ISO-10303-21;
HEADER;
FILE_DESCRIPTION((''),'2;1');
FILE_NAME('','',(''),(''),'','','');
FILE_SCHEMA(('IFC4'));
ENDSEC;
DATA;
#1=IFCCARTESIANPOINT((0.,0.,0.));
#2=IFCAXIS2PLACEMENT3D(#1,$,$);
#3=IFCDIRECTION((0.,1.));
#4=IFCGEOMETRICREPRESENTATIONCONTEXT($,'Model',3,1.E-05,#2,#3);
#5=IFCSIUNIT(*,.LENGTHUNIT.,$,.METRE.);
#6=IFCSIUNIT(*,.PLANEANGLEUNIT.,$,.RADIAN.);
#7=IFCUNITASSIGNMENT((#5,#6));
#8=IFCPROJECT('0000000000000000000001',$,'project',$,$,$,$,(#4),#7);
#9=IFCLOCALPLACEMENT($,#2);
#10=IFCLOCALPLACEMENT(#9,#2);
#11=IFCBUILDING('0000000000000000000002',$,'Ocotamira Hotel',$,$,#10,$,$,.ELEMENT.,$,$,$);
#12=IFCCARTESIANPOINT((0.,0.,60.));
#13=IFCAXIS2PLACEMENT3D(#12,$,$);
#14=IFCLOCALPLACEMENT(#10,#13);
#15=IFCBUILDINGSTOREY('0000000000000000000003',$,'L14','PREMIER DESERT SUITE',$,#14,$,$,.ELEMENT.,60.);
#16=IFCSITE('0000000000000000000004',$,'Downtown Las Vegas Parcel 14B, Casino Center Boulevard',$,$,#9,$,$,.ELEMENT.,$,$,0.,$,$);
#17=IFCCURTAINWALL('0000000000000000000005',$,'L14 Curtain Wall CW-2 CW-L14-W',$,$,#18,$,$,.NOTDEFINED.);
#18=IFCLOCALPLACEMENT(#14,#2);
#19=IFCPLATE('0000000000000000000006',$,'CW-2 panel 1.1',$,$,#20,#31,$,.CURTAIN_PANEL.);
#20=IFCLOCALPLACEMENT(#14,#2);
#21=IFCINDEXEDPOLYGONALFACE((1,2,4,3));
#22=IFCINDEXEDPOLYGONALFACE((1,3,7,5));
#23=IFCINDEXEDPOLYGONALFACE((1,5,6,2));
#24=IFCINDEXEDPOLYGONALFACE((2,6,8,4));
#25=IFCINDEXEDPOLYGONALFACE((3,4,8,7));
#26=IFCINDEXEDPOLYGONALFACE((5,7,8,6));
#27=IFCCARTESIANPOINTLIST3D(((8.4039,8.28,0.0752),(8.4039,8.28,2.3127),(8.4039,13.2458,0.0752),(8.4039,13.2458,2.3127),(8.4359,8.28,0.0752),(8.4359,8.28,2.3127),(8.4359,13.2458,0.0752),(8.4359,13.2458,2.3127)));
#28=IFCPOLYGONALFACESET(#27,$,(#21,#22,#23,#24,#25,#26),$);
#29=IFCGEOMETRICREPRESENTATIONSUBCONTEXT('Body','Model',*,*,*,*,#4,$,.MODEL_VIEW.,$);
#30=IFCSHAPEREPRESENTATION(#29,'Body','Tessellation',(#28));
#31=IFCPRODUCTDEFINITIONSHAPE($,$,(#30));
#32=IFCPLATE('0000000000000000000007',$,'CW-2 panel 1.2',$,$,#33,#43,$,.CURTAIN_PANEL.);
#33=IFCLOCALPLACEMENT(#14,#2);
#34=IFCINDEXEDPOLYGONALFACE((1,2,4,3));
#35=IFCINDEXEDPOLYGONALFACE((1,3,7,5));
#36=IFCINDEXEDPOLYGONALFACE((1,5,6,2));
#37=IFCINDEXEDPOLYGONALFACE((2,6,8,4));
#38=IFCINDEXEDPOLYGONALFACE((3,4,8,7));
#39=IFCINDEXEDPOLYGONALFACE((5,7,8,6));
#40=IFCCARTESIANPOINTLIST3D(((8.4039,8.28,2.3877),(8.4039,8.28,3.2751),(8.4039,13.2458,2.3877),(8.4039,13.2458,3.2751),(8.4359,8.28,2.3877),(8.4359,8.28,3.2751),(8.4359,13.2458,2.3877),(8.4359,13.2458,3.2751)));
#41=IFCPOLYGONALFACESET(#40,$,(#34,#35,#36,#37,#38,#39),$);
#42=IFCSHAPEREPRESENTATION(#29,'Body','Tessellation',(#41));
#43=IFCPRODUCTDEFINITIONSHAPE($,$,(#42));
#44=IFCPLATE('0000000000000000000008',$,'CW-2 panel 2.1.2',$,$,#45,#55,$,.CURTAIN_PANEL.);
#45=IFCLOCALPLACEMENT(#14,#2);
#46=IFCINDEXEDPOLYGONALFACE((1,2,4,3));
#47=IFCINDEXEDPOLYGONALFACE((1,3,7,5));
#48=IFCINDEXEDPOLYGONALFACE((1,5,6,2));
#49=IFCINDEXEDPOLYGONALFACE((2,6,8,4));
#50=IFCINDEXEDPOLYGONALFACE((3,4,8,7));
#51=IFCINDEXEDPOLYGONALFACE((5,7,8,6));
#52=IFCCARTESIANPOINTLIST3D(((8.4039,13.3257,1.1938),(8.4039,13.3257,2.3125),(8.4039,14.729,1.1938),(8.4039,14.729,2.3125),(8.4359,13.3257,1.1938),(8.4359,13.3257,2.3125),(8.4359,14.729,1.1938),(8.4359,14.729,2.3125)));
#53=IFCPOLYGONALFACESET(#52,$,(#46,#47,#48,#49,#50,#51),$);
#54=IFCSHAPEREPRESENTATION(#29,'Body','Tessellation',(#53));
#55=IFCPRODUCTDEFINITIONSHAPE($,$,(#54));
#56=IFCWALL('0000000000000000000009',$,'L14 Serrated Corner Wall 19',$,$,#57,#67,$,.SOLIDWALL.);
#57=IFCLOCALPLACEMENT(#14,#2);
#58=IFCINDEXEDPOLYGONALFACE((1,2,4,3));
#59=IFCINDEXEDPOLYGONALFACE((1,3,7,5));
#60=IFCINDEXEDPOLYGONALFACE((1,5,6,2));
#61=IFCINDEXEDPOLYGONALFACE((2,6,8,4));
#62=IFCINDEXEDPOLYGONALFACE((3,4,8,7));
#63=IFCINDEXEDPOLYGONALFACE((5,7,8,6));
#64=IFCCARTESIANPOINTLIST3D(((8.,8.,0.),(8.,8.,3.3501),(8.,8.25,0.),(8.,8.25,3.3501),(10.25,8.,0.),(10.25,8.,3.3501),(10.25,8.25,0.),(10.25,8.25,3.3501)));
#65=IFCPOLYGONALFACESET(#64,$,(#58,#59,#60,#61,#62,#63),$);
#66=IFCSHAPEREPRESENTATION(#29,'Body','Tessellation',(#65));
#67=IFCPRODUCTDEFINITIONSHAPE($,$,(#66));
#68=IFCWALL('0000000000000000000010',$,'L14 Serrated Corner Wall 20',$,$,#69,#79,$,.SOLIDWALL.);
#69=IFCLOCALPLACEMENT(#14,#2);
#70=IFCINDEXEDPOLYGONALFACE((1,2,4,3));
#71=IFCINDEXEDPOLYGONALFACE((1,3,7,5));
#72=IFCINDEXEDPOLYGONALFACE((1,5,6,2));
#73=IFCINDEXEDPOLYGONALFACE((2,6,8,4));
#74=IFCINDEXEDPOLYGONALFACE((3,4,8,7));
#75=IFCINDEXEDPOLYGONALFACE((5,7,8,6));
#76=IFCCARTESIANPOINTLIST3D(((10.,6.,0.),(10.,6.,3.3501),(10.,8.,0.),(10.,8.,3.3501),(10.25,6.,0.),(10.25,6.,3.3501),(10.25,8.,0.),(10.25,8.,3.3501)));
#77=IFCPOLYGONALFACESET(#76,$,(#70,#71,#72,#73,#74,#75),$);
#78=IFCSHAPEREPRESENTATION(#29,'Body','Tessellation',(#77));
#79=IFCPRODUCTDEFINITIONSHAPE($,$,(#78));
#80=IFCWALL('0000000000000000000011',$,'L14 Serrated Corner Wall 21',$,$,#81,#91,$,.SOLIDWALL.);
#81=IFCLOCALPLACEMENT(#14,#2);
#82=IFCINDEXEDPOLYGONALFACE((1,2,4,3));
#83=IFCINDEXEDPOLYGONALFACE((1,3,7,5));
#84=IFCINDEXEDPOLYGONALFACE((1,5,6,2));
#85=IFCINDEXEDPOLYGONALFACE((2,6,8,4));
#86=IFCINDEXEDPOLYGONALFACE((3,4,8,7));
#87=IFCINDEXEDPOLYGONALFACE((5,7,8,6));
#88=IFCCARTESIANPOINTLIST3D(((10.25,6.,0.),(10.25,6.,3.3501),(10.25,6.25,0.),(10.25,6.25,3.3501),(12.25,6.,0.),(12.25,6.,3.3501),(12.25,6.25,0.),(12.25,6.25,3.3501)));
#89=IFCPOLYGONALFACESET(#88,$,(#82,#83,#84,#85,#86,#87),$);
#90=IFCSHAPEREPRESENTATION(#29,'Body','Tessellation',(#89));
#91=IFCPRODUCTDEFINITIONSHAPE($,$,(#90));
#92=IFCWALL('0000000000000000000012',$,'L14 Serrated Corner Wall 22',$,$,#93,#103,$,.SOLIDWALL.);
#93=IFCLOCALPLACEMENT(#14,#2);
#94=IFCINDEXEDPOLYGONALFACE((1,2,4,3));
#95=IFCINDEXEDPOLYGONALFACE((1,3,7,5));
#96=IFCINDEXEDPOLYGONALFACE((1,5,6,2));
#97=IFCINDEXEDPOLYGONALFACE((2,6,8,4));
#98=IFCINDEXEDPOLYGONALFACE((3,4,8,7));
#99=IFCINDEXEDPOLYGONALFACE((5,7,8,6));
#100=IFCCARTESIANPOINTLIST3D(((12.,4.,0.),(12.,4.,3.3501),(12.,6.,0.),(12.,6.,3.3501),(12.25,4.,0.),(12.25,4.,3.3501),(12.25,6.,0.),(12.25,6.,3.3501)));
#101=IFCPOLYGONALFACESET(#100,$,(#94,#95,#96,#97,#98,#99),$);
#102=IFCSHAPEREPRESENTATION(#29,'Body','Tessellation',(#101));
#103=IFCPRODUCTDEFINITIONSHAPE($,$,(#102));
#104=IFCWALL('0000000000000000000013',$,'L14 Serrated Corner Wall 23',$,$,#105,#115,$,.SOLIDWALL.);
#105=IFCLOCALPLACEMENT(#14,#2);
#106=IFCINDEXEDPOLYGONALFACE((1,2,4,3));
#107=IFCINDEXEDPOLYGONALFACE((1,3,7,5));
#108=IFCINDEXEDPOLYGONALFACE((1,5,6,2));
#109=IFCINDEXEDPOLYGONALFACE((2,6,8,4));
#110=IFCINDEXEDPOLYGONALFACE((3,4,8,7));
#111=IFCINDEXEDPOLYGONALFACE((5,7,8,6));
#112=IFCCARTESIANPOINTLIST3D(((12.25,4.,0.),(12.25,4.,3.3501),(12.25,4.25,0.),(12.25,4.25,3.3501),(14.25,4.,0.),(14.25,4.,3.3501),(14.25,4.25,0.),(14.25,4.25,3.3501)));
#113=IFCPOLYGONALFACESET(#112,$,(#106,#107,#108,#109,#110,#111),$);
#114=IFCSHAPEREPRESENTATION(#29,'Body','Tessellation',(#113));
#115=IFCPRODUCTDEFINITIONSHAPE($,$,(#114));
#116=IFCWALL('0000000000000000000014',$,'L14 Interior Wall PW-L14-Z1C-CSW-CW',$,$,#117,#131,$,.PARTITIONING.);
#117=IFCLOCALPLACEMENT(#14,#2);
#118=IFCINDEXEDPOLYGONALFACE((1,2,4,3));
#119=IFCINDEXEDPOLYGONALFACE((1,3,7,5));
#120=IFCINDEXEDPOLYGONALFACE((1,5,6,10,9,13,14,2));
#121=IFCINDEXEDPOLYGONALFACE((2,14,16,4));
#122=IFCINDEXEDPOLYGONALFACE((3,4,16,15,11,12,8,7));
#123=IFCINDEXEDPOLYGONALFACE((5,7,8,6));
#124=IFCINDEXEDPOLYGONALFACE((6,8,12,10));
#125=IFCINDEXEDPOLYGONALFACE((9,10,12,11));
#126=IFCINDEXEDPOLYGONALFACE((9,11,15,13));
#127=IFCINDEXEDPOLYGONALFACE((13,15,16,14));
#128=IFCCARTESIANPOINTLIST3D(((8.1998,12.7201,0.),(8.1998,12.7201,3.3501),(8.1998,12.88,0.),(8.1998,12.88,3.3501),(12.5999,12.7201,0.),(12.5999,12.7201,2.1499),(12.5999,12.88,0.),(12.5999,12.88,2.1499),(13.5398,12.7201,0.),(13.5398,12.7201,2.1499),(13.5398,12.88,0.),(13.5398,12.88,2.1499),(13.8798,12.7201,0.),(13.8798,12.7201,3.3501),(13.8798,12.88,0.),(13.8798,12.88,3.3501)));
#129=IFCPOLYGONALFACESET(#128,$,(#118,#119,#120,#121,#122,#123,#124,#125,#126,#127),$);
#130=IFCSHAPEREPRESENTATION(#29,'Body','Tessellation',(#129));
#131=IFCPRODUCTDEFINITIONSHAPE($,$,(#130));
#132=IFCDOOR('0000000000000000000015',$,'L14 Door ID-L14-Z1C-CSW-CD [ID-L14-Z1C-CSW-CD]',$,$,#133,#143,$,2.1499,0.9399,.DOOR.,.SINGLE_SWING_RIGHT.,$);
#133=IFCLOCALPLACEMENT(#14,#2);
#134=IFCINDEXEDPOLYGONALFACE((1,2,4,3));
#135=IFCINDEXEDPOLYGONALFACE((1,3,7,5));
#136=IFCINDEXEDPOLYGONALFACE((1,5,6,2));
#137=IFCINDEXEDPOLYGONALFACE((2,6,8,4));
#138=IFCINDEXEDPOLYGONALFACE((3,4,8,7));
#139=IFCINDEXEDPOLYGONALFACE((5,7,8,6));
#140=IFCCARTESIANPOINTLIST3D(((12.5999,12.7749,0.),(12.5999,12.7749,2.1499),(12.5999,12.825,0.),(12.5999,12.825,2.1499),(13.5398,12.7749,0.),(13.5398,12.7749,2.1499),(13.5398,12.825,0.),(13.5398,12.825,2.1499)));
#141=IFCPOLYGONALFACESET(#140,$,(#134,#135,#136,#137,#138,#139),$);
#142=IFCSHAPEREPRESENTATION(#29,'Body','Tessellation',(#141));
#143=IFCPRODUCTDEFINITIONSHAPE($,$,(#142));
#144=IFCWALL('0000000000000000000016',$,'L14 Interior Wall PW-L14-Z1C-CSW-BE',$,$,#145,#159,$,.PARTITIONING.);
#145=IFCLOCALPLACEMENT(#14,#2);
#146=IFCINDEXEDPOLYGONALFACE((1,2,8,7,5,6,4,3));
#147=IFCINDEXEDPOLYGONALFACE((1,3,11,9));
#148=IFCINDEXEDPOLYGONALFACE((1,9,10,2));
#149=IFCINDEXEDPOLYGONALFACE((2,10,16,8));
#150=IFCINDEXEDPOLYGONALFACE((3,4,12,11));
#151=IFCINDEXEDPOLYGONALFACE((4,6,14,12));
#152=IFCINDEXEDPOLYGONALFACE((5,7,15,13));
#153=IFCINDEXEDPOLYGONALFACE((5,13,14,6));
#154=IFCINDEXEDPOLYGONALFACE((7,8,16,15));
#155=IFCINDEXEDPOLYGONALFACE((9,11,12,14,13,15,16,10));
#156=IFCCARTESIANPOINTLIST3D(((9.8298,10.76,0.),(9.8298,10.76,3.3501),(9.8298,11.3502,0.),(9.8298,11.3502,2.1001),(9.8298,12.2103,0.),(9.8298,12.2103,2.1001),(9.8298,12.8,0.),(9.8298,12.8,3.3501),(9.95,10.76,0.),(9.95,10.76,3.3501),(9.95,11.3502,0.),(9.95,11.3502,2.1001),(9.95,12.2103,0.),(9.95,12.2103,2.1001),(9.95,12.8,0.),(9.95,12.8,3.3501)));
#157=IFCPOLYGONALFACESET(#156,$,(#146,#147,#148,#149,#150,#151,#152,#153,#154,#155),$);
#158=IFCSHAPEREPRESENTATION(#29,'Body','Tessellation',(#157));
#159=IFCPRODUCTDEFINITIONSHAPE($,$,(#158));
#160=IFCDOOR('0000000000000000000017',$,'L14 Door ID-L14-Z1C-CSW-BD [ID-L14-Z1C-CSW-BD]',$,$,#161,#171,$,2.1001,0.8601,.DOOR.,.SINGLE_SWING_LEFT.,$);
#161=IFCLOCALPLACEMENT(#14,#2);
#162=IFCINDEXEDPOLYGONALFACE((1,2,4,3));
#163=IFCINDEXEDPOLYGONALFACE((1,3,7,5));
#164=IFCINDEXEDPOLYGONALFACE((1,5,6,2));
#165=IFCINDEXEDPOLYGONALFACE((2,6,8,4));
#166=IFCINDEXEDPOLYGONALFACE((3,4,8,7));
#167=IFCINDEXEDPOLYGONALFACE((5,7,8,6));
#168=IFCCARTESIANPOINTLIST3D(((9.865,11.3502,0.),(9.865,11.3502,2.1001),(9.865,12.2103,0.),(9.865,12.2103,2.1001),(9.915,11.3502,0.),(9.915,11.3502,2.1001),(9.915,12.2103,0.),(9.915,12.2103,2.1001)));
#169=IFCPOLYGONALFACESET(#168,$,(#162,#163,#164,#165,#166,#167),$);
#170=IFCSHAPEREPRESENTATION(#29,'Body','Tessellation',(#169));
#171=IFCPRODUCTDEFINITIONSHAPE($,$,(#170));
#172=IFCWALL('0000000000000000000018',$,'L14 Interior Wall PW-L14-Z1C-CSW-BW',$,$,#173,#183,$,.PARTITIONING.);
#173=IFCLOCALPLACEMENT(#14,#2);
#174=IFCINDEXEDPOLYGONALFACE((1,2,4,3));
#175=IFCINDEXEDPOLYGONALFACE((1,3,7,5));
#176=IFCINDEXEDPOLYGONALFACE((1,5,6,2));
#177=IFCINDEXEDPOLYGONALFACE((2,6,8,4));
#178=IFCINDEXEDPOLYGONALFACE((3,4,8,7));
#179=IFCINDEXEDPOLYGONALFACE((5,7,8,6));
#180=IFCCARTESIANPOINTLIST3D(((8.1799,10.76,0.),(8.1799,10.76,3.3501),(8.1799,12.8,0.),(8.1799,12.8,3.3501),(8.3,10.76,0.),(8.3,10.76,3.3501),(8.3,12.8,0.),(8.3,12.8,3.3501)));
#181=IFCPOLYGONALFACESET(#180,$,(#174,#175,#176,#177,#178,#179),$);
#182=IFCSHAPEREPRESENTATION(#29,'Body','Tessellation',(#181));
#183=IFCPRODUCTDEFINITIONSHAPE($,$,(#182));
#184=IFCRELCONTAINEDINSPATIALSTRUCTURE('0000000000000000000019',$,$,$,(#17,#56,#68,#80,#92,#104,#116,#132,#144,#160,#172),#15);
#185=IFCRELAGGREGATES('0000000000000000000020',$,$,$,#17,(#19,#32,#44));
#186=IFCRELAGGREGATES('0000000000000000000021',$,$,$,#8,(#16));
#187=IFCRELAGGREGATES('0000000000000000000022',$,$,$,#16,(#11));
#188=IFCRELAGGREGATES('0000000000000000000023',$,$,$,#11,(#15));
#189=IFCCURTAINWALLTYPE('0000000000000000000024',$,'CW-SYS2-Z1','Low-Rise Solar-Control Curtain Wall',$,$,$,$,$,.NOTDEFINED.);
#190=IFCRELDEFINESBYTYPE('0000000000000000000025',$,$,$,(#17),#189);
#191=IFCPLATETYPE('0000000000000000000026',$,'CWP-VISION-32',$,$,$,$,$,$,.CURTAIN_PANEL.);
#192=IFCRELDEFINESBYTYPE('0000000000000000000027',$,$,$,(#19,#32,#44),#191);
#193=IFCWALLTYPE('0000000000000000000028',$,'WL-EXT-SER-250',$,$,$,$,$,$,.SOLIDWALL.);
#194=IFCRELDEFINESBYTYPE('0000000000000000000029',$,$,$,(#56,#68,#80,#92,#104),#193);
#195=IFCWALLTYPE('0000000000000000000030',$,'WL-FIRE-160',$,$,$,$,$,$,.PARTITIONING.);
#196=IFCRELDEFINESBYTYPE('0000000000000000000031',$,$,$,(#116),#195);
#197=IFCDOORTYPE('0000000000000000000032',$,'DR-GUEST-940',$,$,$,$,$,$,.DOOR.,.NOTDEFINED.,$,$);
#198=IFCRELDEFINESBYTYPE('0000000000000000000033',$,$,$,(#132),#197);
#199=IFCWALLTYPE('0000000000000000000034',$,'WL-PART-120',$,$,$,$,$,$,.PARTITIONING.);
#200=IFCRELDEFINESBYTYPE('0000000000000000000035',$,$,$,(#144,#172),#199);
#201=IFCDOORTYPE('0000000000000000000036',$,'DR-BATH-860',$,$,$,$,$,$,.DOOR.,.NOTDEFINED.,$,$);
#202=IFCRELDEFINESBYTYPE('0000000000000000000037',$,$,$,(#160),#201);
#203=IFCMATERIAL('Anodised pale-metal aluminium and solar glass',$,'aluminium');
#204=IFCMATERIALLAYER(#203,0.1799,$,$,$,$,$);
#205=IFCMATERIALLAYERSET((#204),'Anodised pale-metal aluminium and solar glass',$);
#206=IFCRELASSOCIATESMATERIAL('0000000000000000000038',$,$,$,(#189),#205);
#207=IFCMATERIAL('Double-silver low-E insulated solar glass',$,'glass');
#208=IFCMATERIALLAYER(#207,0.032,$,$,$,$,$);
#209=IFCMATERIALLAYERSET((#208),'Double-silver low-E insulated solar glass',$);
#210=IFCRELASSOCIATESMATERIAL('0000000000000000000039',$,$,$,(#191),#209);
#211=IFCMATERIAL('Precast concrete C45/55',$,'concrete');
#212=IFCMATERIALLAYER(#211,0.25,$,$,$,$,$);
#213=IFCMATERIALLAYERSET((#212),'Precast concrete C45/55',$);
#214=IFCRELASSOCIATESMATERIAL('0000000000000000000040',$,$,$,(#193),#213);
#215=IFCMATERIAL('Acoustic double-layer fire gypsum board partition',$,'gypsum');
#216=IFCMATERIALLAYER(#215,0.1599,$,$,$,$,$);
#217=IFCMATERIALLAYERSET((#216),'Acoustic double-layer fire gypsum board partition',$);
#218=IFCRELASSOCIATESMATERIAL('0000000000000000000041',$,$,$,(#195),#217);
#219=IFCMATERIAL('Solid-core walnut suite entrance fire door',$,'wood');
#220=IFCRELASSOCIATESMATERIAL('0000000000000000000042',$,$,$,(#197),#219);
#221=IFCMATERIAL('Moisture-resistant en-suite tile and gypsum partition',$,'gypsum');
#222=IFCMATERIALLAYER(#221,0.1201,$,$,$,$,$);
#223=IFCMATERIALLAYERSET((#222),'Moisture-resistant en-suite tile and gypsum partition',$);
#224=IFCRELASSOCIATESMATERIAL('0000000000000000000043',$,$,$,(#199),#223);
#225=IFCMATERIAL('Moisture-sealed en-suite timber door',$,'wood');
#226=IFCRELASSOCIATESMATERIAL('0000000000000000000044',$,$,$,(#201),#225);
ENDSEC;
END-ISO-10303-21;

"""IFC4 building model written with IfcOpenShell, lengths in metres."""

from ifc_helpers import new_model, si_unit, direction, frame, frame_2d, origin, origin_2d, place, context, subcontext, project, spatial, rectangle, extrude, source, transform, mapped, material, layer, layer_set, type_object, element, fill, aggregate, save


model = new_model("IFC4")

# Units and contexts
model_context = context("Model", 3, precision=1e-05, world=origin(), true_north=direction((0.0, 1.0)))
body_context = subcontext(model_context, "Body", "Model", "MODEL_VIEW")
ifc_project = project(units=[si_unit("LENGTHUNIT", "METRE"), si_unit("PLANEANGLEUNIT", "RADIAN")], contexts=[model_context])

# Site, building, storey
site_placement = place(None, origin())
site = spatial("IfcSite", under=ifc_project, at=site_placement, Name="Downtown Las Vegas Parcel 14B, Casino Center Boulevard", CompositionType="ELEMENT", RefElevation=0.0)
building_placement = place(site_placement, origin())
building = spatial("IfcBuilding", under=site, at=building_placement, Name="Ocotamira Hotel", CompositionType="ELEMENT")
storey_placement = place(building_placement, frame((0.0, 0.0, 60.0)))
storey = spatial("IfcBuildingStorey", under=building, at=storey_placement, Name="L14", Description="PREMIER DESERT SUITE", CompositionType="ELEMENT", Elevation=60.0)

# Curtain wall
ifc_material_1 = material(Name="Anodised pale-metal aluminium and solar glass", Category="aluminium")
ifc_layer_1 = layer(ifc_material_1, 0.1799)
ifc_layer_set_1 = layer_set([ifc_layer_1], Name="Anodised pale-metal aluminium and solar glass")
curtain_wall_type = type_object("IfcCurtainWallType", Name="CW-SYS2-Z1", Description="Low-Rise Solar-Control Curtain Wall", PredefinedType="NOTDEFINED", material=ifc_layer_set_1)
curtain_wall_placement = place(storey_placement, origin())
curtain_wall = element("IfcCurtainWall", 1, at=curtain_wall_placement, inside=storey, type_object=curtain_wall_type, Name="L14 Curtain Wall CW-2 CW-L14-W", PredefinedType="NOTDEFINED")

# Plates
ifc_material_2 = material(Name="Double-silver low-E insulated solar glass", Category="glass")
ifc_layer_2 = layer(ifc_material_2, 0.032)
ifc_layer_set_2 = layer_set([ifc_layer_2], Name="Double-silver low-E insulated solar glass")
plate_type_1 = type_object("IfcPlateType", Name="CWP-VISION-32", PredefinedType="CURTAIN_PANEL", material=ifc_layer_set_2)
shared_shape_1 = source(origin(), body_context, "Body", "SweptSolid", [
    extrude(rectangle(XDim=4.9658, YDim=0.032, at=origin_2d()), origin(), (0.0, 0.0, 1.0), 2.2375),
])
plate_1_placement = place(storey_placement, frame((8.4199, 10.7629, 0.0752), z_axis=(0.0, 0.0, 1.0), x_axis=(0.0, 1.0, 0.0)))
plate_1 = element("IfcPlate", 2, at=plate_1_placement, type_object=plate_type_1, Name="CW-2 panel 1.1", PredefinedType="CURTAIN_PANEL", context=body_context, shape_type="MappedRepresentation", body=[
    mapped(shared_shape_1, transform((0.0, 0.0, 0.0), scale=1.0)),
])
shared_shape_2 = source(origin(), body_context, "Body", "SweptSolid", [
    extrude(rectangle(XDim=4.9658, YDim=0.032, at=origin_2d()), origin(), (0.0, 0.0, 1.0), 0.8875),
])
plate_2_placement = place(storey_placement, frame((8.4199, 10.7629, 2.3877), z_axis=(0.0, 0.0, 1.0), x_axis=(0.0, 1.0, 0.0)))
plate_2 = element("IfcPlate", 3, at=plate_2_placement, type_object=plate_type_1, Name="CW-2 panel 1.2", PredefinedType="CURTAIN_PANEL", context=body_context, shape_type="MappedRepresentation", body=[
    mapped(shared_shape_2, transform((0.0, 0.0, 0.0), scale=1.0)),
])
shared_shape_3 = source(origin(), body_context, "Body", "SweptSolid", [
    extrude(rectangle(XDim=1.4033, YDim=0.032, at=origin_2d()), origin(), (0.0, 0.0, 1.0), 1.1187),
])
plate_3_placement = place(storey_placement, frame((8.4199, 14.0273, 1.1938), z_axis=(0.0, 0.0, 1.0), x_axis=(0.0, 1.0, 0.0)))
plate_3 = element("IfcPlate", 4, at=plate_3_placement, type_object=plate_type_1, Name="CW-2 panel 2.1.2", PredefinedType="CURTAIN_PANEL", context=body_context, shape_type="MappedRepresentation", body=[
    mapped(shared_shape_3, transform((0.0, 0.0, 0.0), scale=1.0)),
])
aggregate(curtain_wall, [plate_1, plate_2, plate_3])

# Walls
ifc_material_3 = material(Name="Precast concrete C45/55", Category="concrete")
ifc_layer_3 = layer(ifc_material_3, 0.25)
ifc_layer_set_3 = layer_set([ifc_layer_3], Name="Precast concrete C45/55")
wall_type_1 = type_object("IfcWallType", Name="WL-EXT-SER-250", PredefinedType="SOLIDWALL", material=ifc_layer_set_3)
wall_1_placement = place(storey_placement, frame((8.0, 8.125, 0.0), z_axis=(0.0, 0.0, 1.0), x_axis=(1.0, 0.0, 0.0)))
element("IfcWall", 5, at=wall_1_placement, inside=storey, type_object=wall_type_1, Name="L14 Serrated Corner Wall 19", PredefinedType="SOLIDWALL", context=body_context, shape_type="SweptSolid", body=[
    extrude(rectangle(XDim=2.25, YDim=0.25, at=frame_2d((1.125, 0.0))), origin(), (0.0, 0.0, 1.0), 3.3501),
])
for number, where, z_axis, x_axis, name in (
    (6, (10.125, 8.0, 0.0), (0.0, 0.0, 1.0), (0.0, -1.0, 0.0), "L14 Serrated Corner Wall 20"),
    (7, (10.25, 6.125, 0.0), (0.0, 0.0, 1.0), (1.0, 0.0, 0.0), "L14 Serrated Corner Wall 21"),
    (8, (12.125, 6.0, 0.0), (0.0, 0.0, 1.0), (0.0, -1.0, 0.0), "L14 Serrated Corner Wall 22"),
    (9, (12.25, 4.125, 0.0), (0.0, 0.0, 1.0), (1.0, 0.0, 0.0), "L14 Serrated Corner Wall 23"),
):
    element("IfcWall", number, at=place(storey_placement, frame(where, z_axis=z_axis, x_axis=x_axis)), inside=storey, type_object=wall_type_1, Name=name, PredefinedType="SOLIDWALL", context=body_context, shape_type="SweptSolid", body=[
        extrude(rectangle(XDim=2.0, YDim=0.25, at=frame_2d((1.0, 0.0))), origin(), (0.0, 0.0, 1.0), 3.3501),
    ])

# Walls, openings, doors
ifc_material_4 = material(Name="Acoustic double-layer fire gypsum board partition", Category="gypsum")
ifc_layer_4 = layer(ifc_material_4, 0.1599)
ifc_layer_set_4 = layer_set([ifc_layer_4], Name="Acoustic double-layer fire gypsum board partition")
wall_type_2 = type_object("IfcWallType", Name="WL-FIRE-160", PredefinedType="PARTITIONING", material=ifc_layer_set_4)
wall_2_placement = place(storey_placement, frame((8.2, 12.8, 0.0), z_axis=(0.0, 0.0, 1.0), x_axis=(1.0, 0.0, 0.0)))
wall_2 = element("IfcWall", 10, at=wall_2_placement, inside=storey, type_object=wall_type_2, Name="L14 Interior Wall PW-L14-Z1C-CSW-CW", PredefinedType="PARTITIONING", context=body_context, shape_type="SweptSolid", body=[
    extrude(rectangle(XDim=5.6799, YDim=0.1599, at=frame_2d((2.8398, 0.0))), origin(), (0.0, 0.0, 1.0), 3.3501),
])
opening_1_placement = place(wall_2_placement, frame((4.3999, 0.0, 0.0)))
opening_1 = element("IfcOpeningElement", 11, at=opening_1_placement, cuts=wall_2, PredefinedType="OPENING", context=body_context, shape_type="SweptSolid", body=[
    extrude(rectangle(XDim=0.9399, YDim=2.1499, at=frame_2d((0.47, 1.075))), frame((0.0, 0.0898, 0.0), z_axis=(0.0, -1.0, 0.0), x_axis=(1.0, 0.0, 0.0)), (0.0, 0.0, 1.0), 0.1799),
])
ifc_material_5 = material(Name="Solid-core walnut suite entrance fire door", Category="wood")
door_type_1 = type_object("IfcDoorType", Name="DR-GUEST-940", OperationType="NOTDEFINED", PredefinedType="DOOR", material=ifc_material_5)
shared_shape_4 = source(origin(), body_context, "Body", "SweptSolid", [
    extrude(rectangle(XDim=0.9399, YDim=2.1499, at=frame_2d((0.47, 1.075))), frame((0.0, 0.0249, 0.0), z_axis=(0.0, -1.0, 0.0), x_axis=(1.0, 0.0, 0.0)), (0.0, 0.0, 1.0), 0.05),
])
door_1_placement = place(opening_1_placement, origin())
door_1 = element("IfcDoor", 12, at=door_1_placement, inside=storey, type_object=door_type_1, Name="L14 Door ID-L14-Z1C-CSW-CD [ID-L14-Z1C-CSW-CD]", OperationType="SINGLE_SWING_RIGHT", OverallHeight=2.1499, OverallWidth=0.9399, PredefinedType="DOOR", context=body_context, shape_type="MappedRepresentation", body=[
    mapped(shared_shape_4, transform((0.0, 0.0, 0.0), scale=1.0)),
])
fill(opening_1, door_1)
ifc_material_6 = material(Name="Moisture-resistant en-suite tile and gypsum partition", Category="gypsum")
ifc_layer_5 = layer(ifc_material_6, 0.1201)
ifc_layer_set_5 = layer_set([ifc_layer_5], Name="Moisture-resistant en-suite tile and gypsum partition")
wall_type_3 = type_object("IfcWallType", Name="WL-PART-120", PredefinedType="PARTITIONING", material=ifc_layer_set_5)
wall_3_placement = place(storey_placement, frame((9.8899, 10.76, 0.0), z_axis=(0.0, 0.0, 1.0), x_axis=(0.0, 1.0, 0.0)))
wall_3 = element("IfcWall", 13, at=wall_3_placement, inside=storey, type_object=wall_type_3, Name="L14 Interior Wall PW-L14-Z1C-CSW-BE", PredefinedType="PARTITIONING", context=body_context, shape_type="SweptSolid", body=[
    extrude(rectangle(XDim=2.04, YDim=0.1201, at=frame_2d((1.02, 0.0))), origin(), (0.0, 0.0, 1.0), 3.3501),
])
opening_2_placement = place(wall_3_placement, frame((0.5901, 0.0, 0.0)))
opening_2 = element("IfcOpeningElement", 14, at=opening_2_placement, cuts=wall_3, PredefinedType="OPENING", context=body_context, shape_type="SweptSolid", body=[
    extrude(rectangle(XDim=0.8601, YDim=2.1001, at=frame_2d((0.4302, 1.05))), frame((0.0, 0.0701, 0.0), z_axis=(0.0, -1.0, 0.0), x_axis=(1.0, 0.0, 0.0)), (0.0, 0.0, 1.0), 0.1401),
])
ifc_material_7 = material(Name="Moisture-sealed en-suite timber door", Category="wood")
door_type_2 = type_object("IfcDoorType", Name="DR-BATH-860", OperationType="NOTDEFINED", PredefinedType="DOOR", material=ifc_material_7)
shared_shape_5 = source(origin(), body_context, "Body", "SweptSolid", [
    extrude(rectangle(XDim=0.8601, YDim=2.1001, at=frame_2d((0.4302, 1.05))), frame((0.0, 0.0249, 0.0), z_axis=(0.0, -1.0, 0.0), x_axis=(1.0, 0.0, 0.0)), (0.0, 0.0, 1.0), 0.05),
])
door_2_placement = place(opening_2_placement, origin())
door_2 = element("IfcDoor", 15, at=door_2_placement, inside=storey, type_object=door_type_2, Name="L14 Door ID-L14-Z1C-CSW-BD [ID-L14-Z1C-CSW-BD]", OperationType="SINGLE_SWING_LEFT", OverallHeight=2.1001, OverallWidth=0.8601, PredefinedType="DOOR", context=body_context, shape_type="MappedRepresentation", body=[
    mapped(shared_shape_5, transform((0.0, 0.0, 0.0), scale=1.0)),
])
fill(opening_2, door_2)

# Wall
wall_4_placement = place(storey_placement, frame((8.24, 10.76, 0.0), z_axis=(0.0, 0.0, 1.0), x_axis=(0.0, 1.0, 0.0)))
element("IfcWall", 16, at=wall_4_placement, inside=storey, type_object=wall_type_3, Name="L14 Interior Wall PW-L14-Z1C-CSW-BW", PredefinedType="PARTITIONING", context=body_context, shape_type="SweptSolid", body=[
    extrude(rectangle(XDim=2.04, YDim=0.1201, at=frame_2d((1.02, 0.0))), origin(), (0.0, 0.0, 1.0), 3.3501),
])

save(model, "model.ifc")
